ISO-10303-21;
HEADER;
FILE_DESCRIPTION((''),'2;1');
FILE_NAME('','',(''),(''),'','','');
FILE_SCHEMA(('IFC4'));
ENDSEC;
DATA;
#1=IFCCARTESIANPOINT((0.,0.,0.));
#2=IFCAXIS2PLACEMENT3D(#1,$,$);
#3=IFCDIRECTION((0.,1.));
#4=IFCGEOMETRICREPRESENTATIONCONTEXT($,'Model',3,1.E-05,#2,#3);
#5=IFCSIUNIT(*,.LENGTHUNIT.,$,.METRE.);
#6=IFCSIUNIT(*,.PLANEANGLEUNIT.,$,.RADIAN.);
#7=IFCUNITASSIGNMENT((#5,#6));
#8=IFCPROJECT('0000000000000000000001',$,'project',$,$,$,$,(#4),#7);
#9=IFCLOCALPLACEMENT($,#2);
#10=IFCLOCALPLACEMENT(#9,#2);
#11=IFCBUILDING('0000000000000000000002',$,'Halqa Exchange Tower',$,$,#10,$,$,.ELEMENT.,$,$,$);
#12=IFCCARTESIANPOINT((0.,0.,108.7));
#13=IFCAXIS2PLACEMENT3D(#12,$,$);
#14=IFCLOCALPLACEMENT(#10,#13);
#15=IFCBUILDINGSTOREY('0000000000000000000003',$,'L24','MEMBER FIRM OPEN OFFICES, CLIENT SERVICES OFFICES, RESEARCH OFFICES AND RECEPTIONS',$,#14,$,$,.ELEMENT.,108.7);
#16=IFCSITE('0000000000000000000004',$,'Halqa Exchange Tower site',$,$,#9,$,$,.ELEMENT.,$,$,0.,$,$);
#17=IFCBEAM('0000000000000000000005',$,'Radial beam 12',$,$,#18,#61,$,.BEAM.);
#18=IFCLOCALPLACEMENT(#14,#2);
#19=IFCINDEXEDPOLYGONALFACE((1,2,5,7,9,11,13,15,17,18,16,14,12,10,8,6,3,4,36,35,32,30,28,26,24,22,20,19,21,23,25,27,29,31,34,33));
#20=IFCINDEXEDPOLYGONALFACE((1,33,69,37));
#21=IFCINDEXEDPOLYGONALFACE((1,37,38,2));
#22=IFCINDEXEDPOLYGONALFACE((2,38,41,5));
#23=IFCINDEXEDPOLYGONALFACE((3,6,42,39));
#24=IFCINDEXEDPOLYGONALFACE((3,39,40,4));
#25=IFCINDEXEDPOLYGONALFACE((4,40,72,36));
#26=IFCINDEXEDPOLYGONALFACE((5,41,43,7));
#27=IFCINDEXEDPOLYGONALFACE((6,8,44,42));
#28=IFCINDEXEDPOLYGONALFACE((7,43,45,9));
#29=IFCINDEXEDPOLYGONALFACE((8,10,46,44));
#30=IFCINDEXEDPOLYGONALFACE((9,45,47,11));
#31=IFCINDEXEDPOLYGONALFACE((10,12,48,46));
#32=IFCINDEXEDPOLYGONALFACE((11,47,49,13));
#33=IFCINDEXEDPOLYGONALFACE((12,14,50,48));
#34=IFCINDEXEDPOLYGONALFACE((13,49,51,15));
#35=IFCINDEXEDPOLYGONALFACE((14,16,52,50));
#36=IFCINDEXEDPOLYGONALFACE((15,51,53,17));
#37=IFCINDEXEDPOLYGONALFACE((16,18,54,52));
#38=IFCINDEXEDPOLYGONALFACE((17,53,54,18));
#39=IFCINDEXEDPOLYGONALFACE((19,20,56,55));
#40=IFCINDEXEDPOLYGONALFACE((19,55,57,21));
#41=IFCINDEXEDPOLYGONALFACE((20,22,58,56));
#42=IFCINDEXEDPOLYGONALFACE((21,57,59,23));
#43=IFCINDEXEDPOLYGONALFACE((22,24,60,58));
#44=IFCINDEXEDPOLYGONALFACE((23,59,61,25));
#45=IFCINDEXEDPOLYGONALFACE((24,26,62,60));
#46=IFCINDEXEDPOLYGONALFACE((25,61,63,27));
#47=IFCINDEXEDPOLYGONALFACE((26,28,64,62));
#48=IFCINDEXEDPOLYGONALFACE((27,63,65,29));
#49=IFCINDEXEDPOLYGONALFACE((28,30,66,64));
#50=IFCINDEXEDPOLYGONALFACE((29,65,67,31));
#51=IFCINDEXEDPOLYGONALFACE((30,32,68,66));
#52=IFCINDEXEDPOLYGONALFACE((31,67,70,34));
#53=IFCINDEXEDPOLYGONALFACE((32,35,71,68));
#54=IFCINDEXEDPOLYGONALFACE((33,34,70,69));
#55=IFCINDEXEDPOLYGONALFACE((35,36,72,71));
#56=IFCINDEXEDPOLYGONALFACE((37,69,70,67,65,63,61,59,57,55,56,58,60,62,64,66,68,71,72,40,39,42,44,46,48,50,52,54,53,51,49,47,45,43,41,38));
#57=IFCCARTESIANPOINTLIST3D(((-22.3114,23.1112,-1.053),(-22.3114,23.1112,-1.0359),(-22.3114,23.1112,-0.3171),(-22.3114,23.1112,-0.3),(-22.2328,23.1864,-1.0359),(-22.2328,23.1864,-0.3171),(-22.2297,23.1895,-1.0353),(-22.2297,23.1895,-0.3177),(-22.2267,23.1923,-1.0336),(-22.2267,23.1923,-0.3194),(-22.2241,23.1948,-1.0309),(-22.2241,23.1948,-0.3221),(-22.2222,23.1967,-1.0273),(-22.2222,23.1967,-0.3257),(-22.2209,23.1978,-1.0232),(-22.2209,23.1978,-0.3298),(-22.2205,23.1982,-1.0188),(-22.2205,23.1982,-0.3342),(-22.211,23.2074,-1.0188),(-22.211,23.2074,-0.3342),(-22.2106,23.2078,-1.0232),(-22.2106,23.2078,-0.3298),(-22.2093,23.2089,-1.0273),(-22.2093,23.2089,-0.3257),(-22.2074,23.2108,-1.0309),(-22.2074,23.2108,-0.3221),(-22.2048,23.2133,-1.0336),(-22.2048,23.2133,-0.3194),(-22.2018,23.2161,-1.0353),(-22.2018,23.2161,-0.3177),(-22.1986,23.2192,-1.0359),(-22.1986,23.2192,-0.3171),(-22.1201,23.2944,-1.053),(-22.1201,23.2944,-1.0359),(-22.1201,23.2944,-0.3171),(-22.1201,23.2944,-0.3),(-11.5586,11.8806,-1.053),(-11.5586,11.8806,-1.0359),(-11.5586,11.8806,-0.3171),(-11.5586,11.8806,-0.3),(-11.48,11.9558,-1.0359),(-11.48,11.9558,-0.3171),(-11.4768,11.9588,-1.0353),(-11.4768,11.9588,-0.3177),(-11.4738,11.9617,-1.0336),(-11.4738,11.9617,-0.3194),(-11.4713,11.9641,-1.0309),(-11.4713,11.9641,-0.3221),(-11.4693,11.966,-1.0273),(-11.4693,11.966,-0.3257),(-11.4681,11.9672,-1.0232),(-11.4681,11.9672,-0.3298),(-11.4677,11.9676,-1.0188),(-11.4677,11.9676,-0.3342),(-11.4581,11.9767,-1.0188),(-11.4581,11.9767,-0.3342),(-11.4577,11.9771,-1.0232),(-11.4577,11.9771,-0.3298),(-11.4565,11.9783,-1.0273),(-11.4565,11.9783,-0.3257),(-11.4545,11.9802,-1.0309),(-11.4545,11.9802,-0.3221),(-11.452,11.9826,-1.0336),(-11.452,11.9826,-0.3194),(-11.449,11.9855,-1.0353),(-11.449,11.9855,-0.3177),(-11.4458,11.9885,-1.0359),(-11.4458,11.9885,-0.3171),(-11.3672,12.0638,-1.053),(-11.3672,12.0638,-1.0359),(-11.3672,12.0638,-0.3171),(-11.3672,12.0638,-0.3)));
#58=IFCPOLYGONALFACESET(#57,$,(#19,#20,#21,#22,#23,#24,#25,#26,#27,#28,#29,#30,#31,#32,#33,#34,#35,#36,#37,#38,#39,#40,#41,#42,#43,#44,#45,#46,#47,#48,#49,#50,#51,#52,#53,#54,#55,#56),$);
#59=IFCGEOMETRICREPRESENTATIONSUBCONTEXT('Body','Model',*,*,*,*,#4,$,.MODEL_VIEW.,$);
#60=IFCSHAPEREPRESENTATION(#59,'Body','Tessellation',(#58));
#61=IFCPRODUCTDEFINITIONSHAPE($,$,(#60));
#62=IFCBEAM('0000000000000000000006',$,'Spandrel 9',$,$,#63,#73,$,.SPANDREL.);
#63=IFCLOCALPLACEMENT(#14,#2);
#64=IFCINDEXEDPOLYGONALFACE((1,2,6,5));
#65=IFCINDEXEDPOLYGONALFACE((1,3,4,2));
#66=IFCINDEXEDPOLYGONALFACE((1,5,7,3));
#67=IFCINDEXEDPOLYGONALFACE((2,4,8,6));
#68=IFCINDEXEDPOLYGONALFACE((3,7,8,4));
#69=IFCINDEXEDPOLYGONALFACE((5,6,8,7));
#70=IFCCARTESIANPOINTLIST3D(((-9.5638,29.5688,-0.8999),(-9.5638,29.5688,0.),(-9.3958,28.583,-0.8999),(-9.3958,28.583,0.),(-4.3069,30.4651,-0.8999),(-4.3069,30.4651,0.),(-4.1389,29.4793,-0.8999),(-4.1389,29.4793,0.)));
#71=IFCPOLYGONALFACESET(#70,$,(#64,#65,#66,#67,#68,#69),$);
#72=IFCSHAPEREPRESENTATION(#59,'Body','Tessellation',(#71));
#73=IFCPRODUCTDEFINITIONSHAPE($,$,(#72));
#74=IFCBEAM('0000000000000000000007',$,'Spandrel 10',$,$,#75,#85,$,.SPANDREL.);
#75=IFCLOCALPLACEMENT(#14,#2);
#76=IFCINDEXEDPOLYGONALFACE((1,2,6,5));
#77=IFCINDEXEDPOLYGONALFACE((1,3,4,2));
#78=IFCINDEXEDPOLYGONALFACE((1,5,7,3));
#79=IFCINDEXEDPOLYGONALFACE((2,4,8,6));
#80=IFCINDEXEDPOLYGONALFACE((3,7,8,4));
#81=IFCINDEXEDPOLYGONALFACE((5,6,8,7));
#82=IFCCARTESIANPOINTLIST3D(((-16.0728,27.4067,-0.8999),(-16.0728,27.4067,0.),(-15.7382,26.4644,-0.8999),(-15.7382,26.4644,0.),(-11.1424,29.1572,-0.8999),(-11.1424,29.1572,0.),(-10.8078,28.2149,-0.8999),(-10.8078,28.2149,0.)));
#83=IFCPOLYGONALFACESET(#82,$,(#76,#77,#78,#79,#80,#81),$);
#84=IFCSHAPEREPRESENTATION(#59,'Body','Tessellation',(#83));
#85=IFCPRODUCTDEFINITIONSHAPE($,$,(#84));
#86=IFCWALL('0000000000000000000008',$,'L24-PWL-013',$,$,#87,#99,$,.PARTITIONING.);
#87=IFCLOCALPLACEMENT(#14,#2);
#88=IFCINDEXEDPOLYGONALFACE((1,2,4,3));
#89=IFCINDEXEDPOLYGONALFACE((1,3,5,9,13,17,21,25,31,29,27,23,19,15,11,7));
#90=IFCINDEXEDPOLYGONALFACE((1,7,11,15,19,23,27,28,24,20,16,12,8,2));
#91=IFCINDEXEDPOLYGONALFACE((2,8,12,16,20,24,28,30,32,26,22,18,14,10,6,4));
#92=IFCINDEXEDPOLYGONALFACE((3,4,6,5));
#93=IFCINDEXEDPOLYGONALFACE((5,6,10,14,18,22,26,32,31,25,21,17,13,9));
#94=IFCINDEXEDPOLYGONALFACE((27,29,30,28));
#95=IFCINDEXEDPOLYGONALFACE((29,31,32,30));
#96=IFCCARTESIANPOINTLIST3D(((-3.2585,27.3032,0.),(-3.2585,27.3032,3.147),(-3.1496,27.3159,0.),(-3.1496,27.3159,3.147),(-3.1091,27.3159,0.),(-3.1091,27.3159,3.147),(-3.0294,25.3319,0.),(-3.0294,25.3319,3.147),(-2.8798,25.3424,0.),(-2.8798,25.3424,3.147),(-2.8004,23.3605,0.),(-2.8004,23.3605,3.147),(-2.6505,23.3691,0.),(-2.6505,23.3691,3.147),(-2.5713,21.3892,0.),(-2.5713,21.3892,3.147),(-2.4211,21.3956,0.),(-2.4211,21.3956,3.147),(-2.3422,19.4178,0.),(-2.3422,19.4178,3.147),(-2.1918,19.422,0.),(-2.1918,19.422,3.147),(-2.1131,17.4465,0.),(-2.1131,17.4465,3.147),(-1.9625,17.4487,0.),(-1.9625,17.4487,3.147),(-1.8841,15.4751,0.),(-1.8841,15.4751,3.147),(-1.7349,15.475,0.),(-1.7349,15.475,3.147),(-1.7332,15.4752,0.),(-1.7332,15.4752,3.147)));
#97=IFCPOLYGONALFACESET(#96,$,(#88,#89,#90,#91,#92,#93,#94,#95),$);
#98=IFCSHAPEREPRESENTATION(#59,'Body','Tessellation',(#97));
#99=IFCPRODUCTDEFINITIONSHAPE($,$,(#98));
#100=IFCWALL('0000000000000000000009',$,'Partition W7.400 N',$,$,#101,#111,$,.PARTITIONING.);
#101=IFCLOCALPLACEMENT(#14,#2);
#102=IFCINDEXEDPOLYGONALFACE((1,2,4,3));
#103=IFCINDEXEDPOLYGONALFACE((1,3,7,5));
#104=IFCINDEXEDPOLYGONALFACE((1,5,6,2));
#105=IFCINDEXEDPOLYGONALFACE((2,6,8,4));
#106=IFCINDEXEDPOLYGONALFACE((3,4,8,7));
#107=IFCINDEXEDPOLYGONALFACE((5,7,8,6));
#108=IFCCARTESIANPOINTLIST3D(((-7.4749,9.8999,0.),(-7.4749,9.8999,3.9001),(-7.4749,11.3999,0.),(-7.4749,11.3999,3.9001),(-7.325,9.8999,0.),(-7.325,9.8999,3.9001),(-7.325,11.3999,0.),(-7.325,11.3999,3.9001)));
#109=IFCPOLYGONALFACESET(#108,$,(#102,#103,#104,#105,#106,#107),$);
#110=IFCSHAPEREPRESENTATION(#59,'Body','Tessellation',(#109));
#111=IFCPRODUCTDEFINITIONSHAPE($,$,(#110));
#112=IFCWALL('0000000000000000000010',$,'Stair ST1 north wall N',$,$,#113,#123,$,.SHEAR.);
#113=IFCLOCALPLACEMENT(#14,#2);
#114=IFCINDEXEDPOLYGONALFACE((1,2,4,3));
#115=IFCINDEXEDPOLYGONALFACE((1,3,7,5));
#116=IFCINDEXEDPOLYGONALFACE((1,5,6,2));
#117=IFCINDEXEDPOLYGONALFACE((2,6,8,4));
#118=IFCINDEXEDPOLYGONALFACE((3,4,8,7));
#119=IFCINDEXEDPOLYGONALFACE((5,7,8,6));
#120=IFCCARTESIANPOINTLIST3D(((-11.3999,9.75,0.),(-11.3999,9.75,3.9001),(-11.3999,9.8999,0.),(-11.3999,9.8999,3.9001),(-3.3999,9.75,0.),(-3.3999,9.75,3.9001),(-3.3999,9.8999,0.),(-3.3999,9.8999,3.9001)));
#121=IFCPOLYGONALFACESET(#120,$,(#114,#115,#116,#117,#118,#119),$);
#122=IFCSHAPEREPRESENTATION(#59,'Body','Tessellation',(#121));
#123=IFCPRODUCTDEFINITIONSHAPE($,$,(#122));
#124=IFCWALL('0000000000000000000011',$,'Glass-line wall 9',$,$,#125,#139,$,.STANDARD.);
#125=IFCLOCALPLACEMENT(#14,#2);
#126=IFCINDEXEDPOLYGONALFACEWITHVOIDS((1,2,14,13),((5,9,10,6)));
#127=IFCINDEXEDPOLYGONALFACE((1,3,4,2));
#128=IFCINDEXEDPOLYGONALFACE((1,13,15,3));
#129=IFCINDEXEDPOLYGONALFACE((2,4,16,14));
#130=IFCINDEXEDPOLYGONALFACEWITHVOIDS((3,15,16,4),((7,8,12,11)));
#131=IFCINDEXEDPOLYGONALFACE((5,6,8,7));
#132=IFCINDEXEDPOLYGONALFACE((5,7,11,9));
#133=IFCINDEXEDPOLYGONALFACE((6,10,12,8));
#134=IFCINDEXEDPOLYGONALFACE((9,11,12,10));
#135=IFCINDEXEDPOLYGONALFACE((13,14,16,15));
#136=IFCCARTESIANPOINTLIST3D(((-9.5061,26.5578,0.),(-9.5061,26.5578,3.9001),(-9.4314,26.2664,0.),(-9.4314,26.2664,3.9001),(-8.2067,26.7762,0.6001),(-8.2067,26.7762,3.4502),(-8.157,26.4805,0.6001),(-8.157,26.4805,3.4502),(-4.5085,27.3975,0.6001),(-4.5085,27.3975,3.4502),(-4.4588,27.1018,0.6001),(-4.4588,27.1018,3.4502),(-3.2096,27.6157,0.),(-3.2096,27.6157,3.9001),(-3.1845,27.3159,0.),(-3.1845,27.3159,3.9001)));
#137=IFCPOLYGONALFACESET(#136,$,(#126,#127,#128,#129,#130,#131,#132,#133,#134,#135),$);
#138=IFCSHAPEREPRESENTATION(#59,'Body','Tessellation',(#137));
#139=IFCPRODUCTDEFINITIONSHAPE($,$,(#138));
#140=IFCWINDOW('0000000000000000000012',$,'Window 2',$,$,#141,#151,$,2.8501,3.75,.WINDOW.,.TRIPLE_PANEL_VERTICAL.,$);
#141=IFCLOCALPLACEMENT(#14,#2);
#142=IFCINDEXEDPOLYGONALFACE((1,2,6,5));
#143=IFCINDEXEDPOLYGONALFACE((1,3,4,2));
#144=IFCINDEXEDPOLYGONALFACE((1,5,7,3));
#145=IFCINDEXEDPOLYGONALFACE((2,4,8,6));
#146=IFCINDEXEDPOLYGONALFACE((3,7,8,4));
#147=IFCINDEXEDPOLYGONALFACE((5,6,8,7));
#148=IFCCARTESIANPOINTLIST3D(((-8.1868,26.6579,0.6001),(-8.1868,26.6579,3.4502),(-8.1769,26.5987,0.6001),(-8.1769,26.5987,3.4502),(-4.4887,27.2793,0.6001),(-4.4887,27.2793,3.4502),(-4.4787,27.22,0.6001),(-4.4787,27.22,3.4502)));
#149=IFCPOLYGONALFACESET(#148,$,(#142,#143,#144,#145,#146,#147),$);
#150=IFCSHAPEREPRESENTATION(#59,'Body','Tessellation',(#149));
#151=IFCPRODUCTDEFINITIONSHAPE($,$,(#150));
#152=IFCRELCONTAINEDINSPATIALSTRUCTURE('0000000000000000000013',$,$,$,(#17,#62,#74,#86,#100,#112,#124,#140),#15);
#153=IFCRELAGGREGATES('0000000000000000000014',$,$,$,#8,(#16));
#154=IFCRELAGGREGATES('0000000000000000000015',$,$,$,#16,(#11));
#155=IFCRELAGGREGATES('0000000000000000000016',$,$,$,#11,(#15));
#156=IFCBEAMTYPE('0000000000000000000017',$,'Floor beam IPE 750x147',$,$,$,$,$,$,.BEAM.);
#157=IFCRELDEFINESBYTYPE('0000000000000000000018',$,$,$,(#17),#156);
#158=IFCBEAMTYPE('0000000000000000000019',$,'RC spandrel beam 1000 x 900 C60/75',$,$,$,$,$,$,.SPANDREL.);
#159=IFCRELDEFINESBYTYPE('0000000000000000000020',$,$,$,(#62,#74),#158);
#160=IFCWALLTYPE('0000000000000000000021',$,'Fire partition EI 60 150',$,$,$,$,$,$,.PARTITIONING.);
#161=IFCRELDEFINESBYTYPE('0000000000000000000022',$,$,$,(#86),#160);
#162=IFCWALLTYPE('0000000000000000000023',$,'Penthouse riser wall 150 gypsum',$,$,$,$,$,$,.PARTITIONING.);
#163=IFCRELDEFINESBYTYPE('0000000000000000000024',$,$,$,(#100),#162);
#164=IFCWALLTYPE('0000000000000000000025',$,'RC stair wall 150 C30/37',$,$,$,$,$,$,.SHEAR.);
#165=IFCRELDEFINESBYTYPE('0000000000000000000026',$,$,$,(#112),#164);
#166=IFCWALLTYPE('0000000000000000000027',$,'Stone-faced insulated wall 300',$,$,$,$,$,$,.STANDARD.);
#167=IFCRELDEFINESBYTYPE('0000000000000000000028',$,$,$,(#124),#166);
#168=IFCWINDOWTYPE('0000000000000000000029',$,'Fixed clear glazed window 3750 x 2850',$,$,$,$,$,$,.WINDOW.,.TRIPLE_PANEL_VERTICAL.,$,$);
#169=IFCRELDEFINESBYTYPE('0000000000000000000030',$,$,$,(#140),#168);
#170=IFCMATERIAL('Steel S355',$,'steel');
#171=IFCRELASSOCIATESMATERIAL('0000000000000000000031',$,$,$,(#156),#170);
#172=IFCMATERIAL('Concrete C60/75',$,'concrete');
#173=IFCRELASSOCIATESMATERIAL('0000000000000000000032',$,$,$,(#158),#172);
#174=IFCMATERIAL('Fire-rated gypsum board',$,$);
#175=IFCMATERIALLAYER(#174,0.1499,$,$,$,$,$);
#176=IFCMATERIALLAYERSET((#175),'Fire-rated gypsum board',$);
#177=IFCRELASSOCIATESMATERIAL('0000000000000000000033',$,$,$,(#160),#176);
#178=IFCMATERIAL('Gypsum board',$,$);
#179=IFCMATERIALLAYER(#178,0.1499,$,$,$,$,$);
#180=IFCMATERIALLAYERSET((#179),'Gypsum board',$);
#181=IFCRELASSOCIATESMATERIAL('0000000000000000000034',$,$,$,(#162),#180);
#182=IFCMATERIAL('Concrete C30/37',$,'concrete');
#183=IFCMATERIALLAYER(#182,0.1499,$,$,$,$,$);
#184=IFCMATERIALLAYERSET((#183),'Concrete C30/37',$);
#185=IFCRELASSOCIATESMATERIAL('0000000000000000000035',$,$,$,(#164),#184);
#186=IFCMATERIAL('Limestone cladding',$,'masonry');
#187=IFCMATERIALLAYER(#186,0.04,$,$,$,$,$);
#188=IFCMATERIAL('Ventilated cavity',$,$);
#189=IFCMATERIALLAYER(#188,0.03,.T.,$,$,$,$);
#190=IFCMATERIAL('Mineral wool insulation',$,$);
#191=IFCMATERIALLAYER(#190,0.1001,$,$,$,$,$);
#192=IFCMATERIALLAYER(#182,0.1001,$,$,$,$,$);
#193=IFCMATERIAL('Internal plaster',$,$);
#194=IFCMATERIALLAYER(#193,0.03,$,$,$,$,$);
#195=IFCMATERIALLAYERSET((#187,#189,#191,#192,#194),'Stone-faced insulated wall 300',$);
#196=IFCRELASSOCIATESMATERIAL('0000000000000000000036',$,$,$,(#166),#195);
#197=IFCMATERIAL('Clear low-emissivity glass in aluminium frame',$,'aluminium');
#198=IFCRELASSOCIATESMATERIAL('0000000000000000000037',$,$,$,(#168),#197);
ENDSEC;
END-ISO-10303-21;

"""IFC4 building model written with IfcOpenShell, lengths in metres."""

from ifc_helpers import new_model, si_unit, direction, frame, frame_2d, origin, origin_2d, place, context, subcontext, project, spatial, polyline, rectangle, i_section, outline, extrude, material, layer, layer_set, material_profile, profile_set, type_object, element, fill, save


model = new_model("IFC4")

# Units and contexts
model_context = context("Model", 3, precision=1e-05, world=origin(), true_north=direction((0.0, 1.0)))
body_context = subcontext(model_context, "Body", "Model", "MODEL_VIEW")
ifc_project = project(units=[si_unit("LENGTHUNIT", "METRE"), si_unit("PLANEANGLEUNIT", "RADIAN")], contexts=[model_context])

# Site, building, storey
site_placement = place(None, origin())
site = spatial("IfcSite", under=ifc_project, at=site_placement, Name="Halqa Exchange Tower site", CompositionType="ELEMENT", RefElevation=0.0)
building_placement = place(site_placement, origin())
building = spatial("IfcBuilding", under=site, at=building_placement, Name="Halqa Exchange Tower", CompositionType="ELEMENT")
storey_placement = place(building_placement, frame((0.0, 0.0, 108.7)))
storey = spatial("IfcBuildingStorey", under=building, at=storey_placement, Name="L24", Description="MEMBER FIRM OPEN OFFICES, CLIENT SERVICES OFFICES, RESEARCH OFFICES AND RECEPTIONS", CompositionType="ELEMENT", Elevation=108.7)

# Beams
ifc_material_1 = material(Name="Steel S355", Category="steel")
ifc_material_profile_1 = material_profile(ifc_material_1, i_section(OverallWidth=0.2649, OverallDepth=0.7529, WebThickness=0.0132, FlangeThickness=0.0171, FilletRadius=0.0171, at=origin_2d()), Name="IPE 750x147")
ifc_profile_set_1 = profile_set([ifc_material_profile_1], Name="Steel S355")
beam_type_1 = type_object("IfcBeamType", Name="Floor beam IPE 750x147", PredefinedType="BEAM", material=ifc_profile_set_1)
beam_1_placement = place(storey_placement, frame((-11.4629, 11.9722, -0.6765), z_axis=(-0.691576, 0.722304, 0.0), x_axis=(-0.722304, -0.691576, 0.0)))
element("IfcBeam", 1, at=beam_1_placement, inside=storey, type_object=beam_type_1, Name="Radial beam 12", PredefinedType="BEAM", context=body_context, shape_type="SweptSolid", body=[
    extrude(i_section(OverallWidth=0.2649, OverallDepth=0.7529, WebThickness=0.0132, FlangeThickness=0.0171, FilletRadius=0.0171, at=origin_2d()), origin(), (0.0, 0.0, 1.0), 15.5483),
])
ifc_material_2 = material(Name="Concrete C60/75", Category="concrete")
ifc_material_profile_2 = material_profile(ifc_material_2, rectangle(XDim=1.0, YDim=0.8999, at=origin_2d()), Name="1000 x 900")
ifc_profile_set_2 = profile_set([ifc_material_profile_2], Name="Concrete C60/75")
beam_type_2 = type_object("IfcBeamType", Name="RC spandrel beam 1000 x 900 C60/75", PredefinedType="SPANDREL", material=ifc_profile_set_2)
beam_2_placement = place(storey_placement, frame((-4.2229, 29.9722, -0.45), z_axis=(-0.985776, -0.168065, 0.0), x_axis=(0.168065, -0.985776, 0.0)))
element("IfcBeam", 2, at=beam_2_placement, inside=storey, type_object=beam_type_2, Name="Spandrel 9", PredefinedType="SPANDREL", context=body_context, shape_type="SweptSolid", body=[
    extrude(rectangle(XDim=1.0, YDim=0.8999, at=origin_2d()), origin(), (0.0, 0.0, 1.0), 5.3328),
])
beam_3_placement = place(storey_placement, frame((-10.9751, 28.686, -0.45), z_axis=(-0.942368, -0.334577, 0.0), x_axis=(0.334577, -0.942368, 0.0)))
element("IfcBeam", 3, at=beam_3_placement, inside=storey, type_object=beam_type_2, Name="Spandrel 10", PredefinedType="SPANDREL", context=body_context, shape_type="SweptSolid", body=[
    extrude(rectangle(XDim=1.0, YDim=0.8999, at=origin_2d()), origin(), (0.0, 0.0, 1.0), 5.2319),
])

# Walls
ifc_material_3 = material(Name="Fire-rated gypsum board")
ifc_layer_1 = layer(ifc_material_3, 0.1499)
ifc_layer_set_1 = layer_set([ifc_layer_1], Name="Fire-rated gypsum board")
wall_type_1 = type_object("IfcWallType", Name="Fire partition EI 60 150", PredefinedType="PARTITIONING", material=ifc_layer_set_1)
wall_1_placement = place(storey_placement, frame((-1.8076, 15.4666, 0.0), z_axis=(0.0, 0.0, 1.0), x_axis=(-0.115425, 0.993316, 0.0)))
element("IfcWall", 4, at=wall_1_placement, inside=storey, type_object=wall_type_1, Name="L24-PWL-013", PredefinedType="PARTITIONING", context=body_context, shape_type="SweptSolid", body=[
    extrude(outline(polyline([(0.0, -0.075), (1.9868, -0.075), (3.9734, -0.075), (5.9602, -0.075), (7.947, -0.075), (9.9336, -0.075), (11.9204, -0.075), (11.925, -0.0347), (11.925, 0.075), (9.9404, 0.075), (7.9558, 0.075), (5.9712, 0.075), (3.9866, 0.075), (2.002, 0.075), (0.0173, 0.075), (0.0, -0.0732), (0.0, -0.075)])), origin(), (0.0, 0.0, 1.0), 3.147),
])
ifc_material_4 = material(Name="Gypsum board")
ifc_layer_2 = layer(ifc_material_4, 0.1499)
ifc_layer_set_2 = layer_set([ifc_layer_2], Name="Gypsum board")
wall_type_2 = type_object("IfcWallType", Name="Penthouse riser wall 150 gypsum", PredefinedType="PARTITIONING", material=ifc_layer_set_2)
wall_2_placement = place(storey_placement, frame((-7.3999, 9.8999, 0.0), z_axis=(0.0, 0.0, 1.0), x_axis=(0.0, 1.0, 0.0)))
element("IfcWall", 5, at=wall_2_placement, inside=storey, type_object=wall_type_2, Name="Partition W7.400 N", PredefinedType="PARTITIONING", context=body_context, shape_type="SweptSolid", body=[
    extrude(rectangle(XDim=1.5, YDim=0.1499, at=frame_2d((0.75, 0.0))), origin(), (0.0, 0.0, 1.0), 3.9001),
])
ifc_material_5 = material(Name="Concrete C30/37", Category="concrete")
ifc_layer_3 = layer(ifc_material_5, 0.1499)
ifc_layer_set_3 = layer_set([ifc_layer_3], Name="Concrete C30/37")
wall_type_3 = type_object("IfcWallType", Name="RC stair wall 150 C30/37", PredefinedType="SHEAR", material=ifc_layer_set_3)
wall_3_placement = place(storey_placement, frame((-11.3999, 9.825, 0.0), z_axis=(0.0, 0.0, 1.0), x_axis=(1.0, 0.0, 0.0)))
element("IfcWall", 6, at=wall_3_placement, inside=storey, type_object=wall_type_3, Name="Stair ST1 north wall N", PredefinedType="SHEAR", context=body_context, shape_type="SweptSolid", body=[
    extrude(rectangle(XDim=8.0, YDim=0.1499, at=frame_2d((4.0, 0.0))), origin(), (0.0, 0.0, 1.0), 3.9001),
])

# Wall, opening, window
ifc_material_6 = material(Name="Limestone cladding", Category="masonry")
ifc_layer_4 = layer(ifc_material_6, 0.04)
ifc_material_7 = material(Name="Ventilated cavity")
ifc_layer_5 = layer(ifc_material_7, 0.03, ventilated=True)
ifc_material_8 = material(Name="Mineral wool insulation")
ifc_layer_6 = layer(ifc_material_8, 0.1001)
ifc_layer_7 = layer(ifc_material_5, 0.1001)
ifc_material_9 = material(Name="Internal plaster")
ifc_layer_8 = layer(ifc_material_9, 0.03)
ifc_layer_set_4 = layer_set([ifc_layer_4, ifc_layer_5, ifc_layer_6, ifc_layer_7, ifc_layer_8], Name="Stone-faced insulated wall 300")
wall_type_4 = type_object("IfcWallType", Name="Stone-faced insulated wall 300", PredefinedType="STANDARD", material=ifc_layer_set_4)
wall_4_placement = place(storey_placement, frame((-3.197, 27.4658, 0.0), z_axis=(0.0, 0.0, 1.0), x_axis=(-0.986178, -0.165687, 0.0)))
wall_4 = element("IfcWall", 7, at=wall_4_placement, inside=storey, type_object=wall_type_4, Name="Glass-line wall 9", PredefinedType="STANDARD", context=body_context, shape_type="SweptSolid", body=[
    extrude(outline(polyline([(-0.0125, -0.1499), (6.3723, -0.1499), (6.3469, 0.1499), (0.0125, 0.1499), (-0.0125, -0.1499)])), origin(), (0.0, 0.0, 1.0), 3.9001),
])
opening_1_placement = place(wall_4_placement, frame((1.3047, 0.0, 0.6001)))
opening_1 = element("IfcOpeningElement", 8, at=opening_1_placement, cuts=wall_4, PredefinedType="OPENING", context=body_context, shape_type="SweptSolid", body=[
    extrude(rectangle(XDim=3.75, YDim=2.8501, at=frame_2d((1.875, 1.425))), frame((0.0, 0.1621, 0.0), z_axis=(0.0, -1.0, 0.0), x_axis=(1.0, 0.0, 0.0)), (0.0, 0.0, 1.0), 0.324),
])
ifc_material_10 = material(Name="Clear low-emissivity glass in aluminium frame", Category="aluminium")
window_type = type_object("IfcWindowType", Name="Fixed clear glazed window 3750 x 2850", PartitioningType="TRIPLE_PANEL_VERTICAL", PredefinedType="WINDOW", material=ifc_material_10)
window_1_placement = place(opening_1_placement, origin())
window_1 = element("IfcWindow", 9, at=window_1_placement, inside=storey, type_object=window_type, Name="Window 2", OverallHeight=2.8501, OverallWidth=3.75, PartitioningType="TRIPLE_PANEL_VERTICAL", PredefinedType="WINDOW", context=body_context, shape_type="SweptSolid", body=[
    extrude(rectangle(XDim=3.75, YDim=2.8501, at=frame_2d((1.875, 1.425))), frame((0.0, 0.03, 0.0), z_axis=(0.0, -1.0, 0.0), x_axis=(1.0, 0.0, 0.0)), (0.0, 0.0, 1.0), 0.0601),
])
fill(opening_1, window_1)

save(model, "model.ifc")
